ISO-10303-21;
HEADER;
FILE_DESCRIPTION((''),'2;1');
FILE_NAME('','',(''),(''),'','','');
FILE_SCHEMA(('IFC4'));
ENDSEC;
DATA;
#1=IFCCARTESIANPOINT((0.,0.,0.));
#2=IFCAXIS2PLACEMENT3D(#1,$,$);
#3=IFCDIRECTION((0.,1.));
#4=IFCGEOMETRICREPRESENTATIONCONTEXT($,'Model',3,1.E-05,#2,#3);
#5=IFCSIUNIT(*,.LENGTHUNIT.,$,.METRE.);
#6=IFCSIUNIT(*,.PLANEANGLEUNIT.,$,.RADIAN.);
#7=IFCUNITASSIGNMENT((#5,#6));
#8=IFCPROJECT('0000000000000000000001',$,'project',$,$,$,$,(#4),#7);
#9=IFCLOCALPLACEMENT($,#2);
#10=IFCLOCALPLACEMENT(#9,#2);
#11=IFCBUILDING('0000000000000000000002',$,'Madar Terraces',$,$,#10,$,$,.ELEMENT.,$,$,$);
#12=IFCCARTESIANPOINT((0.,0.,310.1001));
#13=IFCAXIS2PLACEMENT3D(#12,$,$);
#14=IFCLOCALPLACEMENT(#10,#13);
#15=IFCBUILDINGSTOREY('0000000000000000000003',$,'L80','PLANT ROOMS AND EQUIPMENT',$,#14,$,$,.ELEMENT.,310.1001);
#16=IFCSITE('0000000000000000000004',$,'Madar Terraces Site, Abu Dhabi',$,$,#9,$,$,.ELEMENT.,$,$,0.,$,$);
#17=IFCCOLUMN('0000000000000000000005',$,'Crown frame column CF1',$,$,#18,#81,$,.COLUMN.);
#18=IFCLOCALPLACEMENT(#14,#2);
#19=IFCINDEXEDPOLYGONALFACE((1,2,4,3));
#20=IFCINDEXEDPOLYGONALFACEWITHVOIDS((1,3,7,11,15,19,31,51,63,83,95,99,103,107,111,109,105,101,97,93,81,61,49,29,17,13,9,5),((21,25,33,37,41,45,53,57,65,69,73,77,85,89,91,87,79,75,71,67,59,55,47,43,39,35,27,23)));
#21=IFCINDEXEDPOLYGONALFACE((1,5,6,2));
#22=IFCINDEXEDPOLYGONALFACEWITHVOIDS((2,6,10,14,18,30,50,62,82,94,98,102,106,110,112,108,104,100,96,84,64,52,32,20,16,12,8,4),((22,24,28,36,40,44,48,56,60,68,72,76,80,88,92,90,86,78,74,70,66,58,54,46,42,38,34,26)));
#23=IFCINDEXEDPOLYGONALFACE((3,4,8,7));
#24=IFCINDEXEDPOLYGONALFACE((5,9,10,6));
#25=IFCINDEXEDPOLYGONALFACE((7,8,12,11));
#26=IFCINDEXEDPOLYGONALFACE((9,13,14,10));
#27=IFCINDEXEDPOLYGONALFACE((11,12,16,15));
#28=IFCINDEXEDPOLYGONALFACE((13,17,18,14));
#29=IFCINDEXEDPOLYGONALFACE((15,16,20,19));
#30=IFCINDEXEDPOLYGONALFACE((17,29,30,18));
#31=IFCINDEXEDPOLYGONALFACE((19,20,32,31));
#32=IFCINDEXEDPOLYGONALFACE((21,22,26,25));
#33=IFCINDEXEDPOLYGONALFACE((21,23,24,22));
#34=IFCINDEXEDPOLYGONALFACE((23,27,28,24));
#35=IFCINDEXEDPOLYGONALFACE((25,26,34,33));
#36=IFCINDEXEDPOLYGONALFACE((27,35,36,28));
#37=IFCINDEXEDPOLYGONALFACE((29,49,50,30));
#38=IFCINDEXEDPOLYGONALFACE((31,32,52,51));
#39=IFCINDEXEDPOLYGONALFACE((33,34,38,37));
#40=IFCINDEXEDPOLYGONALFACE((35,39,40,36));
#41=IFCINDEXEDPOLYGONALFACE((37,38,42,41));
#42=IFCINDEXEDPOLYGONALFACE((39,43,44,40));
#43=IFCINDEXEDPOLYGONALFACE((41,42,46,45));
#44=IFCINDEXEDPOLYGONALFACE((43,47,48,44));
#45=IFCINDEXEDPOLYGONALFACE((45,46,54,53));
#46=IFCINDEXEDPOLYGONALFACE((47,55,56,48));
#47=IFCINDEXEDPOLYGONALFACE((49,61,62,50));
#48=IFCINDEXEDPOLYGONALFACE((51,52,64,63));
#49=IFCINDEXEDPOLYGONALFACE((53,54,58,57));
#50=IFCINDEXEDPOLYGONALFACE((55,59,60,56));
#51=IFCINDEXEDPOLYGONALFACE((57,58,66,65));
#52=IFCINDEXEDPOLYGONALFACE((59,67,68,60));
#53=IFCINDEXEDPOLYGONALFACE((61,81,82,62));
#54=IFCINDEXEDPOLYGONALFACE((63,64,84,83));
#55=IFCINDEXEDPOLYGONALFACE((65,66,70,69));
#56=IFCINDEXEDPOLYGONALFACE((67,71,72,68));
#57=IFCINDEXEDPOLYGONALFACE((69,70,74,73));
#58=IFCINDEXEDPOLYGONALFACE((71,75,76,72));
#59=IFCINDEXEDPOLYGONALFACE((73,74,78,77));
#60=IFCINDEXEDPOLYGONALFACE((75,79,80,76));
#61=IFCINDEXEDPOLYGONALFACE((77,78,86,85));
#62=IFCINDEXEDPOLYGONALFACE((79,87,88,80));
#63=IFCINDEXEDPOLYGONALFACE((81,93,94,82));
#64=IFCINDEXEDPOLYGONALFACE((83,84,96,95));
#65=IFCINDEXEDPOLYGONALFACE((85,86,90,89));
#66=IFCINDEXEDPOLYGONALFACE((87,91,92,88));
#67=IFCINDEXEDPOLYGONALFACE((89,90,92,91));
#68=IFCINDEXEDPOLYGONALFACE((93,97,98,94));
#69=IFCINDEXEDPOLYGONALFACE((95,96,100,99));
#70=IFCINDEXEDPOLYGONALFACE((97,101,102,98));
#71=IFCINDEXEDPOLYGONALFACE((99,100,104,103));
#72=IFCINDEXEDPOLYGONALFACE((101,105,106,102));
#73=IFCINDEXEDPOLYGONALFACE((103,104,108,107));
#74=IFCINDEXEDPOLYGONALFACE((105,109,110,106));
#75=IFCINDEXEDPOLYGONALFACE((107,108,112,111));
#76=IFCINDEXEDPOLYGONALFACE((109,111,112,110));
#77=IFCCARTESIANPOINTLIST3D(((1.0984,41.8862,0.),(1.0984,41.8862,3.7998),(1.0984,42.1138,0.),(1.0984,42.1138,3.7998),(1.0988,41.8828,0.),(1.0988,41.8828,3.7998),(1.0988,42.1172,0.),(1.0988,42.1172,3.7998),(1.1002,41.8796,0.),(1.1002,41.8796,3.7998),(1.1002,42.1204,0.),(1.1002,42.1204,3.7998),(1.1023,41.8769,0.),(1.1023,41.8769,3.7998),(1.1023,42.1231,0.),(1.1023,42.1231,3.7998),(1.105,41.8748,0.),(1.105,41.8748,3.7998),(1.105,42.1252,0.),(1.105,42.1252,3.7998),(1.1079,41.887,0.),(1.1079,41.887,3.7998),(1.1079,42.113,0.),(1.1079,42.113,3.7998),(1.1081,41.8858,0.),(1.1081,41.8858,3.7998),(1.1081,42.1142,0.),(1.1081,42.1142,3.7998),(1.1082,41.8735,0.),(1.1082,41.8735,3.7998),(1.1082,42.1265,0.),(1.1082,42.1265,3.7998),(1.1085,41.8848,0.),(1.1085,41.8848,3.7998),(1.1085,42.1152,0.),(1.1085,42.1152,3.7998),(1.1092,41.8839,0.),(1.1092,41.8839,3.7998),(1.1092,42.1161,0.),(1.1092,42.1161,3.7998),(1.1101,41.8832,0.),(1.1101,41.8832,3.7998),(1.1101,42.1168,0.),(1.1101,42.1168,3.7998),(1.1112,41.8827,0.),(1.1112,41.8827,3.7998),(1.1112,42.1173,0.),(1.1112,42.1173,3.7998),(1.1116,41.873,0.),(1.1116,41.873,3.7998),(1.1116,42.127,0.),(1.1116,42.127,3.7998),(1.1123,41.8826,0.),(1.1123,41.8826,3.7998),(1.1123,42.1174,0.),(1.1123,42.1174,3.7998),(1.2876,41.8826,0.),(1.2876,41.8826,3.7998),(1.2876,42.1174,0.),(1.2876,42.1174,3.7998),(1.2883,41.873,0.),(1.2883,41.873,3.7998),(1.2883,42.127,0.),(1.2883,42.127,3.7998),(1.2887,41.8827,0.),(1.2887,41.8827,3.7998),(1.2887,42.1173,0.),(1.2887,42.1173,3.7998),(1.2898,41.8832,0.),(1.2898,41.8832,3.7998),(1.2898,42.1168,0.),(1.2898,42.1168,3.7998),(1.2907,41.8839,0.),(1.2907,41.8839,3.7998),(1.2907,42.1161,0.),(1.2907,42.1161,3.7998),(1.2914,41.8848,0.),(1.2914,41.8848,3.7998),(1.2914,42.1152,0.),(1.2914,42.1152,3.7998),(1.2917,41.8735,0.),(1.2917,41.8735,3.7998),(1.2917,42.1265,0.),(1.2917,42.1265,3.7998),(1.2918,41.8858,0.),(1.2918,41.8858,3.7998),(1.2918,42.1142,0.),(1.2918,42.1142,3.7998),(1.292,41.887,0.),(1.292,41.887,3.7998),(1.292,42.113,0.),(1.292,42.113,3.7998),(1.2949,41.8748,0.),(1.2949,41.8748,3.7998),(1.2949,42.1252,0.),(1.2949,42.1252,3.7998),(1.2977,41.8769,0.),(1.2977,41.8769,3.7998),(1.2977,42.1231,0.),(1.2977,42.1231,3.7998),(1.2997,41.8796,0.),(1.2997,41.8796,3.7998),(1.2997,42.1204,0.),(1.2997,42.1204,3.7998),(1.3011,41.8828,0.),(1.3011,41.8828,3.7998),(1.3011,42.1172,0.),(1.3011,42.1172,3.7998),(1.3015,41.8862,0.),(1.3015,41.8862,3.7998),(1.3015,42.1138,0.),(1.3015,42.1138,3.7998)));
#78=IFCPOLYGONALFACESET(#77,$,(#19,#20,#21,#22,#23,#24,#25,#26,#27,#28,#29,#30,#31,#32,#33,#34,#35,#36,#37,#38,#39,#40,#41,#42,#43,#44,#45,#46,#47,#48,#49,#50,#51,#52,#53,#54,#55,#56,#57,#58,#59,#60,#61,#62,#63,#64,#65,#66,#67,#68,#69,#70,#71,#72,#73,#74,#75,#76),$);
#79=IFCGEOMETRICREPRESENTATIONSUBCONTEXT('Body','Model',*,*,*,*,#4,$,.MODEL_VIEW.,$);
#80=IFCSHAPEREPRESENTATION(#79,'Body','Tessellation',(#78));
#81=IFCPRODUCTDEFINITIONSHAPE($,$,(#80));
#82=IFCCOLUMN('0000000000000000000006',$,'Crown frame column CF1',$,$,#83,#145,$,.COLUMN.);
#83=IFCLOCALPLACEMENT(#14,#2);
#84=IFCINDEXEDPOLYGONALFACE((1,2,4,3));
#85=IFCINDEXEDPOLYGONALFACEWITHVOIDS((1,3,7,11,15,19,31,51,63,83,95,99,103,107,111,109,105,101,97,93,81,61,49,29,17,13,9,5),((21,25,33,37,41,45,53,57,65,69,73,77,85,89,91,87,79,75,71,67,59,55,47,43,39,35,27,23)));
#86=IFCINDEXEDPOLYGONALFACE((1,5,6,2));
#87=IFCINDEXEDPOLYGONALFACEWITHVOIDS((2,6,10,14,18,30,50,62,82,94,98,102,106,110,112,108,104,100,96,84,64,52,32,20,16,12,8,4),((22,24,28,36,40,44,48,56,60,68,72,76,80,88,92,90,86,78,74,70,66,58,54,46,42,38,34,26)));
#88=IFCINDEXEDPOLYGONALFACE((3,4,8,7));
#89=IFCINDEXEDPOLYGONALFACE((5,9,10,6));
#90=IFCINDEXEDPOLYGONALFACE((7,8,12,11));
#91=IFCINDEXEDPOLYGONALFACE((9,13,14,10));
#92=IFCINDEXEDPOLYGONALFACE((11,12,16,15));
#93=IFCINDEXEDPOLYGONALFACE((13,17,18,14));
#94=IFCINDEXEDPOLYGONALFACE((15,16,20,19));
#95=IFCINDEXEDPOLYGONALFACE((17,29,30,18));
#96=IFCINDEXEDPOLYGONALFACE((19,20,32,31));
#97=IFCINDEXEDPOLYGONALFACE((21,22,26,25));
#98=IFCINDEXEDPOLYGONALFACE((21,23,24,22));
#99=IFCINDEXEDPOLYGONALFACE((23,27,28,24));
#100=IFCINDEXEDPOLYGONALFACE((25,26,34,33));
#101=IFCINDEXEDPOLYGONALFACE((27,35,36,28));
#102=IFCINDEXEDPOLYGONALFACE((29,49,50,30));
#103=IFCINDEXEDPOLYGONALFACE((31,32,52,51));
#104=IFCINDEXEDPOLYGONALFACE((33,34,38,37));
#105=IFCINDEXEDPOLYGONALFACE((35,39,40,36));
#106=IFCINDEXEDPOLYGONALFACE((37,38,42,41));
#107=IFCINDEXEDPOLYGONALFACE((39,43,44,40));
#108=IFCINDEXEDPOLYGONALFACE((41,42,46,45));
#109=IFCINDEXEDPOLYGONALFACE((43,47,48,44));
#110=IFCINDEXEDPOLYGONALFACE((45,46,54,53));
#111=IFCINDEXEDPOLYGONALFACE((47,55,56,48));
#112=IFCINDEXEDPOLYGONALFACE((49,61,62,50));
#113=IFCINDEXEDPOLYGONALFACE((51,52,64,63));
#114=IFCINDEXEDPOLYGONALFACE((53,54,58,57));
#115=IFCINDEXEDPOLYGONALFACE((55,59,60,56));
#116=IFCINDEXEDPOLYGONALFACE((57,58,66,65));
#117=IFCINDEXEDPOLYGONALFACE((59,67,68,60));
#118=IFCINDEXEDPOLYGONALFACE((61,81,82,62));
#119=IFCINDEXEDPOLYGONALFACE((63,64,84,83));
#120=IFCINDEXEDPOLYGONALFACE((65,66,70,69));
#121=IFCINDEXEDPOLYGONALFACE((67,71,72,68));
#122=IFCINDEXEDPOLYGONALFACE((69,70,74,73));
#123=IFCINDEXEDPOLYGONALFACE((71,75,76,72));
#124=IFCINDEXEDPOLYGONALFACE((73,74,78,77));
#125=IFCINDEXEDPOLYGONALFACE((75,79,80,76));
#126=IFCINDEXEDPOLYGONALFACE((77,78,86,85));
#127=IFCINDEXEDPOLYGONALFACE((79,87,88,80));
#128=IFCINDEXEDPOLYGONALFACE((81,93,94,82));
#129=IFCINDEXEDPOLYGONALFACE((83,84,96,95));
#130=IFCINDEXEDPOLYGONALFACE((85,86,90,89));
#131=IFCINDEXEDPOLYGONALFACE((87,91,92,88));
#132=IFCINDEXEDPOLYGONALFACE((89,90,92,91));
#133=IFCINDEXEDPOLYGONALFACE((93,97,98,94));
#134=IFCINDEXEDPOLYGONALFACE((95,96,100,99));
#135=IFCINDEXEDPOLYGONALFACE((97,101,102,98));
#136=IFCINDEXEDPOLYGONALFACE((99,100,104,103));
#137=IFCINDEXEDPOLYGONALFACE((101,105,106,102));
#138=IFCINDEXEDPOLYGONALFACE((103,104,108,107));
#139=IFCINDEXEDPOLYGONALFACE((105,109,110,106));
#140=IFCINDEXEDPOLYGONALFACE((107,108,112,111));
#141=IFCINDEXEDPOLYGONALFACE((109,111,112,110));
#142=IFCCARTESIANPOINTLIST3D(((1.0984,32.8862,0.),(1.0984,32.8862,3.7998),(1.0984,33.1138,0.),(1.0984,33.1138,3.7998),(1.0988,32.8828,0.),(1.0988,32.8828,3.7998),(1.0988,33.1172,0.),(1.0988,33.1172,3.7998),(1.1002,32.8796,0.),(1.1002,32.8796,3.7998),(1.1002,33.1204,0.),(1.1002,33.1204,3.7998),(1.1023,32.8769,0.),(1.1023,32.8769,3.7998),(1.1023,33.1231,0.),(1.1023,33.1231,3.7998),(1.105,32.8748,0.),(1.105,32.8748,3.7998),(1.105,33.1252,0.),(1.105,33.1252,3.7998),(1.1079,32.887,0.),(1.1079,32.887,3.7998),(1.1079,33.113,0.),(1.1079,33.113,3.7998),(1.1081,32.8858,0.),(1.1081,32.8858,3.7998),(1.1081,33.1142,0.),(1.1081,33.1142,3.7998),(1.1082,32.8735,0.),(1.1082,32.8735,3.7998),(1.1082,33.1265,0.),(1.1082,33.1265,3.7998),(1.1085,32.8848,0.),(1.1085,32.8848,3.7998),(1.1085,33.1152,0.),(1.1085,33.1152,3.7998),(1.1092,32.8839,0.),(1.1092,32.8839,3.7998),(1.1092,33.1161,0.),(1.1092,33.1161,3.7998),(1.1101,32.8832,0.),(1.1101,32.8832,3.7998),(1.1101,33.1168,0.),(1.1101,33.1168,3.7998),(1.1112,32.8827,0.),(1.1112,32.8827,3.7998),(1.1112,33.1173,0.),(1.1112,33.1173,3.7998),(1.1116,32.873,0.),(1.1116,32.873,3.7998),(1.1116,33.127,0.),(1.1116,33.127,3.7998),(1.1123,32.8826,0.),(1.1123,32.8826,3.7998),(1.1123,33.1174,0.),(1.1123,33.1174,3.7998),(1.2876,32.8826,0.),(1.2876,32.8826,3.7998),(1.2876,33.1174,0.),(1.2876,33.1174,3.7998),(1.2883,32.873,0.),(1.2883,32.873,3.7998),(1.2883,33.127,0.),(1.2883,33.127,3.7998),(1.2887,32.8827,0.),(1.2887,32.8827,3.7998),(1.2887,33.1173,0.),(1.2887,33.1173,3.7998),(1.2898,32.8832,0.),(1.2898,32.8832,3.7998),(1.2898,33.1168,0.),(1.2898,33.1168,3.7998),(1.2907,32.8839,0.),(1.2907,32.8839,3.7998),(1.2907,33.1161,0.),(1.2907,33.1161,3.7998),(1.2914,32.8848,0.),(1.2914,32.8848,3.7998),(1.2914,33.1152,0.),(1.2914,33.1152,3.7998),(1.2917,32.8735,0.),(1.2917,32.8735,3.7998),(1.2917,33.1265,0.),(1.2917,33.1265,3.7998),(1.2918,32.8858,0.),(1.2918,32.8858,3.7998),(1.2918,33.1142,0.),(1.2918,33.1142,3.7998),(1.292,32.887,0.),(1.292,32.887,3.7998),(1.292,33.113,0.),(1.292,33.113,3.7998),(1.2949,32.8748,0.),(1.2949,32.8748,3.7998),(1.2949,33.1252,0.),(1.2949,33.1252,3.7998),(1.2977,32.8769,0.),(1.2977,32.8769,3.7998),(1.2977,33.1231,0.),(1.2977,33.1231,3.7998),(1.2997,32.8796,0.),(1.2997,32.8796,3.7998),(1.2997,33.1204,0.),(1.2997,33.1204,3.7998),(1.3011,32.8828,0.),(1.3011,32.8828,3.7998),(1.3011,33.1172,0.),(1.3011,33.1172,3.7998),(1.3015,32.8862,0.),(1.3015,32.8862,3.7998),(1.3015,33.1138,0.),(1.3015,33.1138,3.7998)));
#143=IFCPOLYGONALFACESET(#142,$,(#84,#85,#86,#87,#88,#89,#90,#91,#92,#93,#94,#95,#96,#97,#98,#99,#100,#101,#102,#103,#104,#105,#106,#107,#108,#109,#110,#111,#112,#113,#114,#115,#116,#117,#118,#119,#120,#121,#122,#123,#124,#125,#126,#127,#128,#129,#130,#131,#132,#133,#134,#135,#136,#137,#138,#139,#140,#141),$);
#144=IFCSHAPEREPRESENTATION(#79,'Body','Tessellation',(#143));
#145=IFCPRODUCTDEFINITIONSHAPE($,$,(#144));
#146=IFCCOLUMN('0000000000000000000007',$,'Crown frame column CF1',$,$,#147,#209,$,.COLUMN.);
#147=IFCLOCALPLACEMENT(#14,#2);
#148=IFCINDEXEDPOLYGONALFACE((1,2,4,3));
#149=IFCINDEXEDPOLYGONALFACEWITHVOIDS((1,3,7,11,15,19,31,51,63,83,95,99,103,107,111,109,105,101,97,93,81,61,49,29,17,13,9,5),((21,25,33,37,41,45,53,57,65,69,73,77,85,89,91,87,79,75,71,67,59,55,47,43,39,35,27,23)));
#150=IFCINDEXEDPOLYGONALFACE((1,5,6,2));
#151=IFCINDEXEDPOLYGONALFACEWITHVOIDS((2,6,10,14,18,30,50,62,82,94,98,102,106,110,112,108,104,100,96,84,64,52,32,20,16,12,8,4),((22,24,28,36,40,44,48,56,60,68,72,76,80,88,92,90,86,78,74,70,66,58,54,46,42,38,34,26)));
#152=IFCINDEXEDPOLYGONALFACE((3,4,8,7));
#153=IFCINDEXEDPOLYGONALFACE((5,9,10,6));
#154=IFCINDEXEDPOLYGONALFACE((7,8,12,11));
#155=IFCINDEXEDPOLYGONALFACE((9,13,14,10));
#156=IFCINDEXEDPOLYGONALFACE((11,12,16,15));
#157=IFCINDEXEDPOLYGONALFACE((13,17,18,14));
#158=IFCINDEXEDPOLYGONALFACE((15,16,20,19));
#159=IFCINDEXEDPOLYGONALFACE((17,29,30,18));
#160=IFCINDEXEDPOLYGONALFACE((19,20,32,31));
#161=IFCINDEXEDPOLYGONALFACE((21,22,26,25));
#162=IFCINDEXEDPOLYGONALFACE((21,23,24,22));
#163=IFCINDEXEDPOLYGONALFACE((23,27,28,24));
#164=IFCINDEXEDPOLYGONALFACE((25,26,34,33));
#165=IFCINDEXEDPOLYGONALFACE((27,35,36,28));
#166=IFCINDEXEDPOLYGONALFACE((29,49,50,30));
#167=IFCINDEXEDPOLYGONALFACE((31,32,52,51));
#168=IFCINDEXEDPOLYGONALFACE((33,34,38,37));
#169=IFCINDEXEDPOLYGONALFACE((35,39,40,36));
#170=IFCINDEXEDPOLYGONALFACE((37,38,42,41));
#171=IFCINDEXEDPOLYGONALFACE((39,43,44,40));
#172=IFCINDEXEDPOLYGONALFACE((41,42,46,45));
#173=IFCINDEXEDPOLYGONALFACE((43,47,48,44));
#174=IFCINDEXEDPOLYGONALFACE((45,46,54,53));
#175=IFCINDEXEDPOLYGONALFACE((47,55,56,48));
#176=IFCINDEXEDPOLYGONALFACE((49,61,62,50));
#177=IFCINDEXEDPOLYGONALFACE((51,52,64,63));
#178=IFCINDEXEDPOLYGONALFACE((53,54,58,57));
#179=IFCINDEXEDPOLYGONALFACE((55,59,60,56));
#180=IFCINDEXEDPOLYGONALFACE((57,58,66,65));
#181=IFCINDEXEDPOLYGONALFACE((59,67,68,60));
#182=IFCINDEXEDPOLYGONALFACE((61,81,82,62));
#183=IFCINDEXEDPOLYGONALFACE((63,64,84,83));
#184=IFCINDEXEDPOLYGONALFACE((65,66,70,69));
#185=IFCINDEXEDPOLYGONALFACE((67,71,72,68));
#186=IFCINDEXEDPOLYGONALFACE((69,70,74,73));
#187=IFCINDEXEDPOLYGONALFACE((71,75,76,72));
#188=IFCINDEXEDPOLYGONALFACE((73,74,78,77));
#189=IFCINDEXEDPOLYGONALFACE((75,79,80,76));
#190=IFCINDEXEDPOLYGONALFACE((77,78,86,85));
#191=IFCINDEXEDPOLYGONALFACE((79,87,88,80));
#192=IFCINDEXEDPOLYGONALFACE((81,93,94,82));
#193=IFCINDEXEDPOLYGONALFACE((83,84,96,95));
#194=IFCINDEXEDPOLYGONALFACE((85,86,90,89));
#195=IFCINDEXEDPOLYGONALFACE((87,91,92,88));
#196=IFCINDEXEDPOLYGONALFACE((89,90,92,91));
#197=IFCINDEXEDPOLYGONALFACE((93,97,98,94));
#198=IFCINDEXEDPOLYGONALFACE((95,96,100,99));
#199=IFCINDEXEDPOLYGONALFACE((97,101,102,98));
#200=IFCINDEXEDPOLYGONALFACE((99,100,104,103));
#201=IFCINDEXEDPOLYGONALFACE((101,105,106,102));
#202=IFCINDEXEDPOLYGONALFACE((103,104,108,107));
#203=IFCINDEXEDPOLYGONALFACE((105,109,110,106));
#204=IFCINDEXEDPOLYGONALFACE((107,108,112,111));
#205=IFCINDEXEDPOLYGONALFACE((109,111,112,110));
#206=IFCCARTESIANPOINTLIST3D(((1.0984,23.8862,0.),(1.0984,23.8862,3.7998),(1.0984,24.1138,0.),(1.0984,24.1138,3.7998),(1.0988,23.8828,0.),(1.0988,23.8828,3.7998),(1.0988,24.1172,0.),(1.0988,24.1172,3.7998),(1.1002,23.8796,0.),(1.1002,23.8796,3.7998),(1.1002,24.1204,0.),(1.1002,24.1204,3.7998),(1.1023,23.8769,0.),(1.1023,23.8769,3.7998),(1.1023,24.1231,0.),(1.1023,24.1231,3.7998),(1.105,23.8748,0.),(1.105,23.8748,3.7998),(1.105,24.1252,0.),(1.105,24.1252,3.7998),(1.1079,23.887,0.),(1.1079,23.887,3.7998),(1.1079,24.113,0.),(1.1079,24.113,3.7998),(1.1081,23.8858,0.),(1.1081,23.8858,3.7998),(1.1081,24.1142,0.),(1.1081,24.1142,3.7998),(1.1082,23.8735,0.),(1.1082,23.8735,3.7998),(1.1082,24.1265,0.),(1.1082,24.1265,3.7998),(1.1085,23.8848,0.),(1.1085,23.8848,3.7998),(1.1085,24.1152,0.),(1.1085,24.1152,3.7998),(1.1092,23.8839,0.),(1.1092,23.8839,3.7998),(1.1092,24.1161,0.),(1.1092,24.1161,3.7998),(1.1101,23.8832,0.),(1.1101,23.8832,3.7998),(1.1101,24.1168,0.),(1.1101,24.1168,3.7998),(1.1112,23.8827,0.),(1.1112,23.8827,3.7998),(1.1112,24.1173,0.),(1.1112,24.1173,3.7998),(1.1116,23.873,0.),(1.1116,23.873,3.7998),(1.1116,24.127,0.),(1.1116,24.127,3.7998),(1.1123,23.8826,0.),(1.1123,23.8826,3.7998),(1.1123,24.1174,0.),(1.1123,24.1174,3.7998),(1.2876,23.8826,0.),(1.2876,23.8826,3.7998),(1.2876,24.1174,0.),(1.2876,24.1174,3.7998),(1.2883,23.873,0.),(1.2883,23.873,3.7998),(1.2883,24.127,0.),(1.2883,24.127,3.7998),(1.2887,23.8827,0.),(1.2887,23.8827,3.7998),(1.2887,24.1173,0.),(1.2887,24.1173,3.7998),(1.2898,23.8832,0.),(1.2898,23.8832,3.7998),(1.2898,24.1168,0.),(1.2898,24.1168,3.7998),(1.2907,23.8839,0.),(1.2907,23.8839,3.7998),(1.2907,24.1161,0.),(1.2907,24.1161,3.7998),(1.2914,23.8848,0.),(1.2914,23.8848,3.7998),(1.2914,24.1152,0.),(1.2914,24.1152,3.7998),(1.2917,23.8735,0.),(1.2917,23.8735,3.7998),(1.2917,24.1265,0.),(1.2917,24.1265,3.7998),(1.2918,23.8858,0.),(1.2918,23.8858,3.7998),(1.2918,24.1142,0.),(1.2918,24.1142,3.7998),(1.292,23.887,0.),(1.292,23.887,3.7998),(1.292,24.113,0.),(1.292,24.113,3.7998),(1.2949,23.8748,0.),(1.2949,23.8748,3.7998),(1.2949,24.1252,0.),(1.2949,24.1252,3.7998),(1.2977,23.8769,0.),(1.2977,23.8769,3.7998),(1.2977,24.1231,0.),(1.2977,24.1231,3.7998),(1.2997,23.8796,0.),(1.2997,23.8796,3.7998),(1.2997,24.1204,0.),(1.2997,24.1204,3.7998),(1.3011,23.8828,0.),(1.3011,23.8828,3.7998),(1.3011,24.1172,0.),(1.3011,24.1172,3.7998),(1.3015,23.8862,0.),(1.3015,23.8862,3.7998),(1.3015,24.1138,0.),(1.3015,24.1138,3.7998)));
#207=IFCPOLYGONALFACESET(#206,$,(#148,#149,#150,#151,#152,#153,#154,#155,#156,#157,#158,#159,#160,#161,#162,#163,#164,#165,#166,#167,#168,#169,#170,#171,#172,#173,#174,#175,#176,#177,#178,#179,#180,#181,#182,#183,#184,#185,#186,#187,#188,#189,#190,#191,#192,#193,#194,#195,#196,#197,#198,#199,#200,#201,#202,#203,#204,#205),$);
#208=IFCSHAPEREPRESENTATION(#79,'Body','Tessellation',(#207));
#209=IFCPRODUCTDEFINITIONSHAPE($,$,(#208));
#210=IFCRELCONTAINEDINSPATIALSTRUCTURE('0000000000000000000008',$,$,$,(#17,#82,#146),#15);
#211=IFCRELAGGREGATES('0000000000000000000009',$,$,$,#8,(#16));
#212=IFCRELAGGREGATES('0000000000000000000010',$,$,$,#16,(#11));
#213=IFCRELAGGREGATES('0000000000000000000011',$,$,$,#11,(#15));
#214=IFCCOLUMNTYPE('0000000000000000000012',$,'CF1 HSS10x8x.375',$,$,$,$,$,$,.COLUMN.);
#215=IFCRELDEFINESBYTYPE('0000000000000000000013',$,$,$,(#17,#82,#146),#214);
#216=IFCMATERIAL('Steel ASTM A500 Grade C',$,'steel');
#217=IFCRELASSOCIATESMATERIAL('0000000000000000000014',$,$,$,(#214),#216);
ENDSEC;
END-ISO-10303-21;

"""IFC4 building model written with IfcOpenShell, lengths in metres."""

from ifc_helpers import new_model, si_unit, direction, frame, origin, origin_2d, place, context, subcontext, project, spatial, hollow_rectangle, extrude, material, material_profile, profile_set, type_object, element, save


model = new_model("IFC4")

# Units and contexts
model_context = context("Model", 3, precision=1e-05, world=origin(), true_north=direction((0.0, 1.0)))
body_context = subcontext(model_context, "Body", "Model", "MODEL_VIEW")
ifc_project = project(units=[si_unit("LENGTHUNIT", "METRE"), si_unit("PLANEANGLEUNIT", "RADIAN")], contexts=[model_context])

# Site, building, storey
site_placement = place(None, origin())
site = spatial("IfcSite", under=ifc_project, at=site_placement, Name="Madar Terraces Site, Abu Dhabi", CompositionType="ELEMENT", RefElevation=0.0)
building_placement = place(site_placement, origin())
building = spatial("IfcBuilding", under=site, at=building_placement, Name="Madar Terraces", CompositionType="ELEMENT")
storey_placement = place(building_placement, frame((0.0, 0.0, 310.1001)))
storey = spatial("IfcBuildingStorey", under=building, at=storey_placement, Name="L80", Description="PLANT ROOMS AND EQUIPMENT", CompositionType="ELEMENT", Elevation=310.1001)

# Columns
ifc_material_1 = material(Name="Steel ASTM A500 Grade C", Category="steel")
ifc_material_profile_1 = material_profile(ifc_material_1, hollow_rectangle(XDim=0.2031, YDim=0.2539, WallThickness=0.0095, InnerFilletRadius=0.0044, OuterFilletRadius=0.0132, at=origin_2d()), Name="HSS10x8x.375")
ifc_profile_set_1 = profile_set([ifc_material_profile_1], Name="Steel ASTM A500 Grade C")
column_type = type_object("IfcColumnType", Name="CF1 HSS10x8x.375", PredefinedType="COLUMN", material=ifc_profile_set_1)
for number, where, z_axis, x_axis, name in (
    (1, (1.2, 42.0, 0.0), (0.0, 0.0, 1.0), (1.0, 0.0, 0.0), "Crown frame column CF1"),
    (2, (1.2, 33.0, 0.0), (0.0, 0.0, 1.0), (1.0, 0.0, 0.0), "Crown frame column CF1"),
    (3, (1.2, 24.0, 0.0), (0.0, 0.0, 1.0), (1.0, 0.0, 0.0), "Crown frame column CF1"),
):
    element("IfcColumn", number, at=place(storey_placement, frame(where, z_axis=z_axis, x_axis=x_axis)), inside=storey, type_object=column_type, Name=name, PredefinedType="COLUMN", context=body_context, shape_type="SweptSolid", body=[
        extrude(hollow_rectangle(XDim=0.2031, YDim=0.2539, WallThickness=0.0095, InnerFilletRadius=0.0044, OuterFilletRadius=0.0132, at=origin_2d()), origin(), (0.0, 0.0, 1.0), 3.7998),
    ])

save(model, "model.ifc")
